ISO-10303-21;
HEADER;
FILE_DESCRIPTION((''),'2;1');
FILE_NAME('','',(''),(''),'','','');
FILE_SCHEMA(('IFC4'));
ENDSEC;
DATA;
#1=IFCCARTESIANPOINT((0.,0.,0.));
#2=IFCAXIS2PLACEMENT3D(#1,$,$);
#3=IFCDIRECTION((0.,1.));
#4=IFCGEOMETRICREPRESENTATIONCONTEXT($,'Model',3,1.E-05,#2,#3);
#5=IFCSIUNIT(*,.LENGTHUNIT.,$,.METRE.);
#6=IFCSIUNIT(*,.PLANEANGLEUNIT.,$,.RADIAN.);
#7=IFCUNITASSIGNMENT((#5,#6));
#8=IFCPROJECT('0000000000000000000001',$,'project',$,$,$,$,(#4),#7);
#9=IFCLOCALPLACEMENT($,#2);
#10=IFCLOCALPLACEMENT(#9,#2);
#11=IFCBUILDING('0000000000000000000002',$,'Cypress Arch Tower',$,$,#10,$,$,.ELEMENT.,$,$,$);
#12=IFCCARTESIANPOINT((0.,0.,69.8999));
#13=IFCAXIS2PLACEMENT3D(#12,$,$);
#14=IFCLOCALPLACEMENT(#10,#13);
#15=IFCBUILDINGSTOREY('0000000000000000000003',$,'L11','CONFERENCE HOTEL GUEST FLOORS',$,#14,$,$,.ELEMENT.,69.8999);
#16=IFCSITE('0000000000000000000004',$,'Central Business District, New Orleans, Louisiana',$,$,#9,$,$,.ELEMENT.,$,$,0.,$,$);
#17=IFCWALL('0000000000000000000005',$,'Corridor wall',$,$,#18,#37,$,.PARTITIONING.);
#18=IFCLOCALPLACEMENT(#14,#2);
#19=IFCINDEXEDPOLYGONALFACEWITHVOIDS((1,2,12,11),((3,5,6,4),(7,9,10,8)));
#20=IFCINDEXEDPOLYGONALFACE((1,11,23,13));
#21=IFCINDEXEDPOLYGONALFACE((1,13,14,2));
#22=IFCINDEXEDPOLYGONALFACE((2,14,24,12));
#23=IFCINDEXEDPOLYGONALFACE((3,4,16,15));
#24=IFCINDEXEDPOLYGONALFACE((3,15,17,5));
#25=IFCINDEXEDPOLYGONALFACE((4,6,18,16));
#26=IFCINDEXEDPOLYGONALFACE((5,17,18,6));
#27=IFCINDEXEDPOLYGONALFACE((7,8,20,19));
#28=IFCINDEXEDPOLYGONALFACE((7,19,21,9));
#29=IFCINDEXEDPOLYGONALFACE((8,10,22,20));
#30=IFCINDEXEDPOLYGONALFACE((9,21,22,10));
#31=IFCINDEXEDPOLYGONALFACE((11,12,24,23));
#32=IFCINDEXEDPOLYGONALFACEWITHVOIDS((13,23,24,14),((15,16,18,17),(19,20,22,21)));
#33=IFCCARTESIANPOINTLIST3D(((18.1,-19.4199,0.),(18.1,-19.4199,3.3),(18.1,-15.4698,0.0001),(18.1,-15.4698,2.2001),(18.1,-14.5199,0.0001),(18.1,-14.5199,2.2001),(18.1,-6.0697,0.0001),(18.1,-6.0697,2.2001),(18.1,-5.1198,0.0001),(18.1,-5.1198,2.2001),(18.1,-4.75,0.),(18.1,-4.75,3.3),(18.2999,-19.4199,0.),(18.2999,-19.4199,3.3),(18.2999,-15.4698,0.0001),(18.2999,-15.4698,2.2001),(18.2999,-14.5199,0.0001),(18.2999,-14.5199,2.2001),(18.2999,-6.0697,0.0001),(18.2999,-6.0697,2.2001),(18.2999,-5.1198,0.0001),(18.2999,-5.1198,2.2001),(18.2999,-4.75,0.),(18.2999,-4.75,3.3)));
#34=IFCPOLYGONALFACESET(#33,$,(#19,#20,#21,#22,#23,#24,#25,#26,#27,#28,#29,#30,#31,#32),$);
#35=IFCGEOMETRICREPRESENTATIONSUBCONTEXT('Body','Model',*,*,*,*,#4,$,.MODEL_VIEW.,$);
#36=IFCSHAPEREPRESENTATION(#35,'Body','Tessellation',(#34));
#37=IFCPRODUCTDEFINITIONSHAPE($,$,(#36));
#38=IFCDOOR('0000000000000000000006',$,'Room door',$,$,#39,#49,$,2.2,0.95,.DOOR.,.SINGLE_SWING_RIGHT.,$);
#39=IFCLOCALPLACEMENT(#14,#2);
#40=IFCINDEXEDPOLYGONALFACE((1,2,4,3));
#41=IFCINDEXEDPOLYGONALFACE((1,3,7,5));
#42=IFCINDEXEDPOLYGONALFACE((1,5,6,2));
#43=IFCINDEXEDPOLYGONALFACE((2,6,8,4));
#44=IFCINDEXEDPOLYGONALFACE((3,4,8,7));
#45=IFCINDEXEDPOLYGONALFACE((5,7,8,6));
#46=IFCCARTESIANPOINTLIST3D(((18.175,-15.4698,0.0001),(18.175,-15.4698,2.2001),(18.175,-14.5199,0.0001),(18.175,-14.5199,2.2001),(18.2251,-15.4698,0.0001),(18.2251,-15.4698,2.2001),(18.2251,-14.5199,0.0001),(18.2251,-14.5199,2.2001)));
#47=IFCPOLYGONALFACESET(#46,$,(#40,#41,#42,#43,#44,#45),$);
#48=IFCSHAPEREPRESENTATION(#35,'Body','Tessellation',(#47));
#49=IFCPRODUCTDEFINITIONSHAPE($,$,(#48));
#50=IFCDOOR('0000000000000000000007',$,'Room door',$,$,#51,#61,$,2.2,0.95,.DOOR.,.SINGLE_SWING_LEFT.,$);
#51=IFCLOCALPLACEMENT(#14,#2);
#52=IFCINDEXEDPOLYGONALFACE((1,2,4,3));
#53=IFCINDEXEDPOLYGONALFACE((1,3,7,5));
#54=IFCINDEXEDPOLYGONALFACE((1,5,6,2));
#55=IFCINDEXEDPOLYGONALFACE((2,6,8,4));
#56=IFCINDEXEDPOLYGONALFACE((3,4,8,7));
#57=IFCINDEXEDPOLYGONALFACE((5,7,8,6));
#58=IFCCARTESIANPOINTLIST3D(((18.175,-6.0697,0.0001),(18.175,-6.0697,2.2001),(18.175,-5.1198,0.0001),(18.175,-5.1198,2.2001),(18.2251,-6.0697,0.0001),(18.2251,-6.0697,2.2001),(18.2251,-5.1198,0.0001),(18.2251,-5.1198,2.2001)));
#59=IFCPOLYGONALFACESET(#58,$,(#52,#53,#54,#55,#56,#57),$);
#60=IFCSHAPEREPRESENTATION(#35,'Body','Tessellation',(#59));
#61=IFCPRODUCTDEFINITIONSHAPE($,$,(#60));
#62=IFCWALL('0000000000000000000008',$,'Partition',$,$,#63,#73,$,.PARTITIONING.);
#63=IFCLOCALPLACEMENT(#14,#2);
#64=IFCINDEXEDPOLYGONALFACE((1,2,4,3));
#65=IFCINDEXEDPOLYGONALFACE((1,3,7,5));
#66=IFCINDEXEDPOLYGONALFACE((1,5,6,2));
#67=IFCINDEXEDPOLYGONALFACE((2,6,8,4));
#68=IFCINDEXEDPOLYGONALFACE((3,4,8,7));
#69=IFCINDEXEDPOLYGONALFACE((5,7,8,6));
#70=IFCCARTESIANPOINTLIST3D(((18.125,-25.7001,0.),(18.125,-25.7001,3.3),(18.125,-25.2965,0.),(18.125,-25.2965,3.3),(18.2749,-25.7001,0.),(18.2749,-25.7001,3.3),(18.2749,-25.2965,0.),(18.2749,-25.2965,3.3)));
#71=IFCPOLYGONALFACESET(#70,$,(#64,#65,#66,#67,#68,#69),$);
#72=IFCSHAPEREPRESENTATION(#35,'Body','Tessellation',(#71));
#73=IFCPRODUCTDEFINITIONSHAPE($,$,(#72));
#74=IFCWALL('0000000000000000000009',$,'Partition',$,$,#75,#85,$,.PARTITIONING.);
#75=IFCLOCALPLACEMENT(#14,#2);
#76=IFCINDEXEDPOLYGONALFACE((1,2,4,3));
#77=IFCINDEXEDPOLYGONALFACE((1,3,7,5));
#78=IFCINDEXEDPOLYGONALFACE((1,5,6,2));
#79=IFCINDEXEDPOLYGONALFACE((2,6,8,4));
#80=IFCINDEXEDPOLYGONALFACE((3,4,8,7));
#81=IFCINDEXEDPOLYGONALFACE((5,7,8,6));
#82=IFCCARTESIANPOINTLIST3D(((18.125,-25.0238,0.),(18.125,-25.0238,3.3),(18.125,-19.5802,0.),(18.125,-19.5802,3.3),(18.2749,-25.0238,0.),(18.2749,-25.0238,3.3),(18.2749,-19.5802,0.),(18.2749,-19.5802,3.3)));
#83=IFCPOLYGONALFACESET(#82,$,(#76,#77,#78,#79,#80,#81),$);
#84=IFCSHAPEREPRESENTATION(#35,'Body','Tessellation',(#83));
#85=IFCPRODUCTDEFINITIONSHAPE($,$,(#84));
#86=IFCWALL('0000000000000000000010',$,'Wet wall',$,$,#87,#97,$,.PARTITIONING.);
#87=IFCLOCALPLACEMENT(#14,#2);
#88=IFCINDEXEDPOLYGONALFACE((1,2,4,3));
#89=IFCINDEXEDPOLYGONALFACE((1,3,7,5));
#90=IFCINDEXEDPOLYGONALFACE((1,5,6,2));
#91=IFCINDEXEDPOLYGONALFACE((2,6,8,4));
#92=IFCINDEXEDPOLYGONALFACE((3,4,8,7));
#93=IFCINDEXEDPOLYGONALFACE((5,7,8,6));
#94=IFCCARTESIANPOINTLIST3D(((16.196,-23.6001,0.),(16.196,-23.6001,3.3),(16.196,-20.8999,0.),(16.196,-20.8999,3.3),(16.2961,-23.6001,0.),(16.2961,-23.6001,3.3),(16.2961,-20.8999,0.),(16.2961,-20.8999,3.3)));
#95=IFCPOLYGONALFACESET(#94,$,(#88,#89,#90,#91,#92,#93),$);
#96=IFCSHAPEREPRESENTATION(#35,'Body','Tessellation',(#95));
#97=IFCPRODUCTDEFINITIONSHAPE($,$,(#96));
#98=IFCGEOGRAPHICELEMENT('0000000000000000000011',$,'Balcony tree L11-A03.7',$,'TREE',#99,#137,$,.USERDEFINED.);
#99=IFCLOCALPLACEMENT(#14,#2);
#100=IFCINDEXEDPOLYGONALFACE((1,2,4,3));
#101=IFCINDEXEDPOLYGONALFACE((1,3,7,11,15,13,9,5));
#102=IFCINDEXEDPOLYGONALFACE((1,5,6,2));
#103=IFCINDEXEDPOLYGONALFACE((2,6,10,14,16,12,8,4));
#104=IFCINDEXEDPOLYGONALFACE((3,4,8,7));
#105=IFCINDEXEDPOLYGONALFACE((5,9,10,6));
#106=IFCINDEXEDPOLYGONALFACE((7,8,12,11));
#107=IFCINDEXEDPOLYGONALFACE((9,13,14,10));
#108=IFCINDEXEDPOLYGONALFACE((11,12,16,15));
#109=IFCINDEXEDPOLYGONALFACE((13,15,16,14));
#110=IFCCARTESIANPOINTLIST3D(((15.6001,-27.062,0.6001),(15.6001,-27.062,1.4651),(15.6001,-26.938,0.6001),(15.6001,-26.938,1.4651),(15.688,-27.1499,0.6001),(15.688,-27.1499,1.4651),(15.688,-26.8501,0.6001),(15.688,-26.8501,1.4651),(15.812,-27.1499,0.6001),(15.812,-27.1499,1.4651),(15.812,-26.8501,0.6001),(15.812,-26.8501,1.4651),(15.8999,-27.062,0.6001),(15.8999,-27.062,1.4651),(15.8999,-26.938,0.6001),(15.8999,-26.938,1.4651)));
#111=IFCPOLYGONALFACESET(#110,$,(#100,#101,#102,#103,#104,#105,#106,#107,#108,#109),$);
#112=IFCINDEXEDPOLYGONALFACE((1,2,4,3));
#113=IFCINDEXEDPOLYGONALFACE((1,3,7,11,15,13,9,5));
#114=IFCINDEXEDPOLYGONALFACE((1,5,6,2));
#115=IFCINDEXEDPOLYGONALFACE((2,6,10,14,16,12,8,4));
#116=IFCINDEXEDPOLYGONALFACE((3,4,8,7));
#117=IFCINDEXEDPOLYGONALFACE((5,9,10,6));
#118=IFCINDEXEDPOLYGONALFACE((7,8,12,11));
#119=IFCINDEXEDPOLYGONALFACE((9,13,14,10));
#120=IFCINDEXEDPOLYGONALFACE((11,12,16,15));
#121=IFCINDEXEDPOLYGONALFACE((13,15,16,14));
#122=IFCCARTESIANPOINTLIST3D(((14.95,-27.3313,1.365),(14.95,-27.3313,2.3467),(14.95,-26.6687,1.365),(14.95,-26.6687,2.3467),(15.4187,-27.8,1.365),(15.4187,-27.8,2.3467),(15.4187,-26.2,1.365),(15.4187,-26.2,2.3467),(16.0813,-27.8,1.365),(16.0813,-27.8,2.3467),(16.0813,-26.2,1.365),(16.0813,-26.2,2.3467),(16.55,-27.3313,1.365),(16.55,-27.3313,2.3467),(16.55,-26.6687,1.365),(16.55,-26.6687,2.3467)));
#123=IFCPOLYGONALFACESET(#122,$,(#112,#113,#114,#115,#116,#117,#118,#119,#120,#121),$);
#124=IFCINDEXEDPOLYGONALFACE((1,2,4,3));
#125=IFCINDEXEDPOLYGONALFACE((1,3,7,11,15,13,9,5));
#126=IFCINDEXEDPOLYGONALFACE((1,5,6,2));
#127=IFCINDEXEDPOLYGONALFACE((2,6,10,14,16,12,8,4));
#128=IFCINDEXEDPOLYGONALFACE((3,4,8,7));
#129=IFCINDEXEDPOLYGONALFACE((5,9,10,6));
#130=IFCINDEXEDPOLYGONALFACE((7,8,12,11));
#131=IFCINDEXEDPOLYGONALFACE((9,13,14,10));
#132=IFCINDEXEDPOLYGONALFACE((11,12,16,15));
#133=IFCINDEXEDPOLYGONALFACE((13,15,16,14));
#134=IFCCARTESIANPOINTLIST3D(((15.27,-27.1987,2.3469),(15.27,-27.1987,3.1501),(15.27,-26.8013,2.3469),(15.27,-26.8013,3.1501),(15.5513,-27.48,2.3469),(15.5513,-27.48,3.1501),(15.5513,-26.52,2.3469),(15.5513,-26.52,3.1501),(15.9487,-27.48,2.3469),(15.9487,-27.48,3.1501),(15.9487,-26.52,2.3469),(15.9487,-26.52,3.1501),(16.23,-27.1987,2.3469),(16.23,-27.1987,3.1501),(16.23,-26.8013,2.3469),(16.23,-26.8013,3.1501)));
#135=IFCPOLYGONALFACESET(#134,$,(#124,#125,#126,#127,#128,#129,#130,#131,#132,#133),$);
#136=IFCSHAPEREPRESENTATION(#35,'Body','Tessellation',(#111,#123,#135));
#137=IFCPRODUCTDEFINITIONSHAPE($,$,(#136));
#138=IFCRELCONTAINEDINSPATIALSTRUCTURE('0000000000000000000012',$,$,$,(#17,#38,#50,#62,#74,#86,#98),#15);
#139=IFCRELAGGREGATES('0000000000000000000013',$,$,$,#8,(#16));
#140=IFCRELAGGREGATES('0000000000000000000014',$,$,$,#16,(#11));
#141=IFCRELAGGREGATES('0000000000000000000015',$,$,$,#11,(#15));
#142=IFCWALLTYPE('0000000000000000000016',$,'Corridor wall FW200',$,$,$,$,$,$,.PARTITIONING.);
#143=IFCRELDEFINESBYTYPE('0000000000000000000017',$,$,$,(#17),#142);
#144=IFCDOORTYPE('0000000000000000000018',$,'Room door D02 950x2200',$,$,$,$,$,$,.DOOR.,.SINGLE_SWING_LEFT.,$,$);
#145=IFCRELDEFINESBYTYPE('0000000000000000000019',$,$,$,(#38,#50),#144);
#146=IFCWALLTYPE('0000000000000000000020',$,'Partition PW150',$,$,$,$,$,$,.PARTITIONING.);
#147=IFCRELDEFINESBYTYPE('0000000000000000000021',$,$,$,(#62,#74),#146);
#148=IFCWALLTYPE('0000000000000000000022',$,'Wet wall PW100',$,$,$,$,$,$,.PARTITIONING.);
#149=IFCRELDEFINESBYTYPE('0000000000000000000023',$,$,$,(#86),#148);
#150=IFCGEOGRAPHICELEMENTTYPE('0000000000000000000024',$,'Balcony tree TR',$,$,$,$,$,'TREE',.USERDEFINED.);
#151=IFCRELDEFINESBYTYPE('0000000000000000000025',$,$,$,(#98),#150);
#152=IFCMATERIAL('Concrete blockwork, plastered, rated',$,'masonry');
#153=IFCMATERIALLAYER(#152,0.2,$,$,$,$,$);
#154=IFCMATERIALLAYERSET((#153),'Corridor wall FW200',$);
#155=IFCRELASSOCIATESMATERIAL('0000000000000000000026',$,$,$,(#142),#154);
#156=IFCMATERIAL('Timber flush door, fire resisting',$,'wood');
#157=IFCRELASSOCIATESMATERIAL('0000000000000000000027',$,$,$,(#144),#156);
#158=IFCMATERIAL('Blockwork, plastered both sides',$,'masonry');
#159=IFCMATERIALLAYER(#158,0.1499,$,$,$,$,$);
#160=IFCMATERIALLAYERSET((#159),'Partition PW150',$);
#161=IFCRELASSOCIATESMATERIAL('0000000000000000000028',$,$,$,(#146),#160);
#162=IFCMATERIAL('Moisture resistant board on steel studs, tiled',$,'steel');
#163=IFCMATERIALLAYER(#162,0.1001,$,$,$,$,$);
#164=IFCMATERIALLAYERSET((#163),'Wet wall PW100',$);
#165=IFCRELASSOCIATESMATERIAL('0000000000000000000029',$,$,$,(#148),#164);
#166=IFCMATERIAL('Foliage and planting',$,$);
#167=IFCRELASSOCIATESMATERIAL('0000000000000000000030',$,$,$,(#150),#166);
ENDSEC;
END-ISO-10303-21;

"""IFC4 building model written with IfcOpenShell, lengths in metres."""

from ifc_helpers import new_model, si_unit, direction, frame, frame_2d, origin, place, context, subcontext, project, spatial, polyline, rectangle, outline, extrude, material, layer, layer_set, type_object, element, fill, save


model = new_model("IFC4")

# Units and contexts
model_context = context("Model", 3, precision=1e-05, world=origin(), true_north=direction((0.0, 1.0)))
body_context = subcontext(model_context, "Body", "Model", "MODEL_VIEW")
ifc_project = project(units=[si_unit("LENGTHUNIT", "METRE"), si_unit("PLANEANGLEUNIT", "RADIAN")], contexts=[model_context])

# Site, building, storey
site_placement = place(None, origin())
site = spatial("IfcSite", under=ifc_project, at=site_placement, Name="Central Business District, New Orleans, Louisiana", CompositionType="ELEMENT", RefElevation=0.0)
building_placement = place(site_placement, origin())
building = spatial("IfcBuilding", under=site, at=building_placement, Name="Cypress Arch Tower", CompositionType="ELEMENT")
storey_placement = place(building_placement, frame((0.0, 0.0, 69.8999)))
storey = spatial("IfcBuildingStorey", under=building, at=storey_placement, Name="L11", Description="CONFERENCE HOTEL GUEST FLOORS", CompositionType="ELEMENT", Elevation=69.8999)

# Shared definitions
ifc_material_1 = material(Name="Concrete blockwork, plastered, rated", Category="masonry")
ifc_layer_1 = layer(ifc_material_1, 0.2)
ifc_layer_set_1 = layer_set([ifc_layer_1], Name="Corridor wall FW200")
wall_type_1 = type_object("IfcWallType", Name="Corridor wall FW200", PredefinedType="PARTITIONING", material=ifc_layer_set_1)

# Wall, openings, doors
wall_1_placement = place(storey_placement, frame((18.2, -19.4199, 0.0), z_axis=(0.0, 0.0, 1.0), x_axis=(0.0, 1.0, 0.0)))
wall_1 = element("IfcWall", 1, at=wall_1_placement, inside=storey, type_object=wall_type_1, Name="Corridor wall", PredefinedType="PARTITIONING", context=body_context, shape_type="SweptSolid", body=[
    extrude(rectangle(XDim=14.6699, YDim=0.2, at=frame_2d((7.335, 0.0))), origin(), (0.0, 0.0, 1.0), 3.3),
])
opening_1_placement = place(wall_1_placement, frame((3.95, 0.0, 0.0)))
opening_1 = element("IfcOpeningElement", 2, at=opening_1_placement, cuts=wall_1, PredefinedType="OPENING", context=body_context, shape_type="SweptSolid", body=[
    extrude(rectangle(XDim=0.95, YDim=2.2, at=frame_2d((0.4751, 1.1001))), frame((0.0, 0.1099, 0.0), z_axis=(0.0, -1.0, 0.0), x_axis=(1.0, 0.0, 0.0)), (0.0, 0.0, 1.0), 0.22),
])
opening_2_placement = place(wall_1_placement, frame((13.3501, 0.0, 0.0)))
opening_2 = element("IfcOpeningElement", 3, at=opening_2_placement, cuts=wall_1, PredefinedType="OPENING", context=body_context, shape_type="SweptSolid", body=[
    extrude(rectangle(XDim=0.95, YDim=2.2, at=frame_2d((0.4751, 1.1001))), frame((0.0, 0.1099, 0.0), z_axis=(0.0, -1.0, 0.0), x_axis=(1.0, 0.0, 0.0)), (0.0, 0.0, 1.0), 0.22),
])
ifc_material_2 = material(Name="Timber flush door, fire resisting", Category="wood")
door_type = type_object("IfcDoorType", Name="Room door D02 950x2200", OperationType="SINGLE_SWING_LEFT", PredefinedType="DOOR", material=ifc_material_2)
door_1_placement = place(opening_1_placement, origin())
door_1 = element("IfcDoor", 4, at=door_1_placement, inside=storey, type_object=door_type, Name="Room door", OperationType="SINGLE_SWING_RIGHT", OverallHeight=2.2, OverallWidth=0.95, PredefinedType="DOOR", context=body_context, shape_type="SweptSolid", body=[
    extrude(rectangle(XDim=0.95, YDim=2.2, at=frame_2d((0.4751, 1.1001))), frame((0.0, 0.0249, 0.0), z_axis=(0.0, -1.0, 0.0), x_axis=(1.0, 0.0, 0.0)), (0.0, 0.0, 1.0), 0.05),
])
fill(opening_1, door_1)
door_2_placement = place(opening_2_placement, origin())
door_2 = element("IfcDoor", 5, at=door_2_placement, inside=storey, type_object=door_type, Name="Room door", OperationType="SINGLE_SWING_LEFT", OverallHeight=2.2, OverallWidth=0.95, PredefinedType="DOOR", context=body_context, shape_type="SweptSolid", body=[
    extrude(rectangle(XDim=0.95, YDim=2.2, at=frame_2d((0.4751, 1.1001))), frame((0.0, 0.0249, 0.0), z_axis=(0.0, -1.0, 0.0), x_axis=(1.0, 0.0, 0.0)), (0.0, 0.0, 1.0), 0.05),
])
fill(opening_2, door_2)

# Walls
ifc_material_3 = material(Name="Blockwork, plastered both sides", Category="masonry")
ifc_layer_2 = layer(ifc_material_3, 0.1499)
ifc_layer_set_2 = layer_set([ifc_layer_2], Name="Partition PW150")
wall_type_2 = type_object("IfcWallType", Name="Partition PW150", PredefinedType="PARTITIONING", material=ifc_layer_set_2)
wall_2_placement = place(storey_placement, frame((18.2, -25.7, 0.0), z_axis=(0.0, 0.0, 1.0), x_axis=(0.0, 1.0, 0.0)))
element("IfcWall", 6, at=wall_2_placement, inside=storey, type_object=wall_type_2, Name="Partition", PredefinedType="PARTITIONING", context=body_context, shape_type="SweptSolid", body=[
    extrude(rectangle(XDim=0.4036, YDim=0.1499, at=frame_2d((0.2017, 0.0))), origin(), (0.0, 0.0, 1.0), 3.3),
])
wall_3_placement = place(storey_placement, frame((18.2, -25.0237, 0.0), z_axis=(0.0, 0.0, 1.0), x_axis=(0.0, 1.0, 0.0)))
element("IfcWall", 7, at=wall_3_placement, inside=storey, type_object=wall_type_2, Name="Partition", PredefinedType="PARTITIONING", context=body_context, shape_type="SweptSolid", body=[
    extrude(rectangle(XDim=5.4436, YDim=0.1499, at=frame_2d((2.7217, 0.0))), origin(), (0.0, 0.0, 1.0), 3.3),
])
ifc_material_4 = material(Name="Moisture resistant board on steel studs, tiled", Category="steel")
ifc_layer_3 = layer(ifc_material_4, 0.1001)
ifc_layer_set_3 = layer_set([ifc_layer_3], Name="Wet wall PW100")
wall_type_3 = type_object("IfcWallType", Name="Wet wall PW100", PredefinedType="PARTITIONING", material=ifc_layer_set_3)
wall_4_placement = place(storey_placement, frame((16.2461, -23.6001, 0.0), z_axis=(0.0, 0.0, 1.0), x_axis=(0.0, 1.0, 0.0)))
element("IfcWall", 8, at=wall_4_placement, inside=storey, type_object=wall_type_3, Name="Wet wall", PredefinedType="PARTITIONING", context=body_context, shape_type="SweptSolid", body=[
    extrude(rectangle(XDim=2.7002, YDim=0.1001, at=frame_2d((1.3501, 0.0))), origin(), (0.0, 0.0, 1.0), 3.3),
])

# Geographic element
ifc_material_5 = material(Name="Foliage and planting")
geographic_element_type = type_object("IfcGeographicElementType", Name="Balcony tree TR", ElementType="TREE", PredefinedType="USERDEFINED", material=ifc_material_5)
geographic_element_placement = place(storey_placement, frame((15.75, -27.0, 0.6001), z_axis=(0.0, 0.0, 1.0), x_axis=(1.0, 0.0, 0.0)))
element("IfcGeographicElement", 9, at=geographic_element_placement, inside=storey, type_object=geographic_element_type, Name="Balcony tree L11-A03.7", ObjectType="TREE", PredefinedType="USERDEFINED", context=body_context, shape_type="SweptSolid", body=[
    extrude(outline(polyline([(0.1499, 0.062), (0.062, 0.1499), (-0.062, 0.1499), (-0.1499, 0.062), (-0.1499, -0.062), (-0.062, -0.1499), (0.062, -0.1499), (0.1499, -0.062), (0.1499, 0.062)])), origin(), (0.0, 0.0, 1.0), 0.865),
    extrude(outline(polyline([(0.8, 0.3313), (0.3313, 0.8), (-0.3313, 0.8), (-0.8, 0.3313), (-0.8, -0.3313), (-0.3313, -0.8), (0.3313, -0.8), (0.8, -0.3313), (0.8, 0.3313)])), frame((0.0, 0.0, 0.7649)), (0.0, 0.0, 1.0), 0.9817),
    extrude(outline(polyline([(0.48, 0.1987), (0.1987, 0.48), (-0.1987, 0.48), (-0.48, 0.1987), (-0.48, -0.1987), (-0.1987, -0.48), (0.1987, -0.48), (0.48, -0.1987), (0.48, 0.1987)])), frame((0.0, 0.0, 1.7468)), (0.0, 0.0, 1.0), 0.8032),
])

save(model, "model.ifc")
